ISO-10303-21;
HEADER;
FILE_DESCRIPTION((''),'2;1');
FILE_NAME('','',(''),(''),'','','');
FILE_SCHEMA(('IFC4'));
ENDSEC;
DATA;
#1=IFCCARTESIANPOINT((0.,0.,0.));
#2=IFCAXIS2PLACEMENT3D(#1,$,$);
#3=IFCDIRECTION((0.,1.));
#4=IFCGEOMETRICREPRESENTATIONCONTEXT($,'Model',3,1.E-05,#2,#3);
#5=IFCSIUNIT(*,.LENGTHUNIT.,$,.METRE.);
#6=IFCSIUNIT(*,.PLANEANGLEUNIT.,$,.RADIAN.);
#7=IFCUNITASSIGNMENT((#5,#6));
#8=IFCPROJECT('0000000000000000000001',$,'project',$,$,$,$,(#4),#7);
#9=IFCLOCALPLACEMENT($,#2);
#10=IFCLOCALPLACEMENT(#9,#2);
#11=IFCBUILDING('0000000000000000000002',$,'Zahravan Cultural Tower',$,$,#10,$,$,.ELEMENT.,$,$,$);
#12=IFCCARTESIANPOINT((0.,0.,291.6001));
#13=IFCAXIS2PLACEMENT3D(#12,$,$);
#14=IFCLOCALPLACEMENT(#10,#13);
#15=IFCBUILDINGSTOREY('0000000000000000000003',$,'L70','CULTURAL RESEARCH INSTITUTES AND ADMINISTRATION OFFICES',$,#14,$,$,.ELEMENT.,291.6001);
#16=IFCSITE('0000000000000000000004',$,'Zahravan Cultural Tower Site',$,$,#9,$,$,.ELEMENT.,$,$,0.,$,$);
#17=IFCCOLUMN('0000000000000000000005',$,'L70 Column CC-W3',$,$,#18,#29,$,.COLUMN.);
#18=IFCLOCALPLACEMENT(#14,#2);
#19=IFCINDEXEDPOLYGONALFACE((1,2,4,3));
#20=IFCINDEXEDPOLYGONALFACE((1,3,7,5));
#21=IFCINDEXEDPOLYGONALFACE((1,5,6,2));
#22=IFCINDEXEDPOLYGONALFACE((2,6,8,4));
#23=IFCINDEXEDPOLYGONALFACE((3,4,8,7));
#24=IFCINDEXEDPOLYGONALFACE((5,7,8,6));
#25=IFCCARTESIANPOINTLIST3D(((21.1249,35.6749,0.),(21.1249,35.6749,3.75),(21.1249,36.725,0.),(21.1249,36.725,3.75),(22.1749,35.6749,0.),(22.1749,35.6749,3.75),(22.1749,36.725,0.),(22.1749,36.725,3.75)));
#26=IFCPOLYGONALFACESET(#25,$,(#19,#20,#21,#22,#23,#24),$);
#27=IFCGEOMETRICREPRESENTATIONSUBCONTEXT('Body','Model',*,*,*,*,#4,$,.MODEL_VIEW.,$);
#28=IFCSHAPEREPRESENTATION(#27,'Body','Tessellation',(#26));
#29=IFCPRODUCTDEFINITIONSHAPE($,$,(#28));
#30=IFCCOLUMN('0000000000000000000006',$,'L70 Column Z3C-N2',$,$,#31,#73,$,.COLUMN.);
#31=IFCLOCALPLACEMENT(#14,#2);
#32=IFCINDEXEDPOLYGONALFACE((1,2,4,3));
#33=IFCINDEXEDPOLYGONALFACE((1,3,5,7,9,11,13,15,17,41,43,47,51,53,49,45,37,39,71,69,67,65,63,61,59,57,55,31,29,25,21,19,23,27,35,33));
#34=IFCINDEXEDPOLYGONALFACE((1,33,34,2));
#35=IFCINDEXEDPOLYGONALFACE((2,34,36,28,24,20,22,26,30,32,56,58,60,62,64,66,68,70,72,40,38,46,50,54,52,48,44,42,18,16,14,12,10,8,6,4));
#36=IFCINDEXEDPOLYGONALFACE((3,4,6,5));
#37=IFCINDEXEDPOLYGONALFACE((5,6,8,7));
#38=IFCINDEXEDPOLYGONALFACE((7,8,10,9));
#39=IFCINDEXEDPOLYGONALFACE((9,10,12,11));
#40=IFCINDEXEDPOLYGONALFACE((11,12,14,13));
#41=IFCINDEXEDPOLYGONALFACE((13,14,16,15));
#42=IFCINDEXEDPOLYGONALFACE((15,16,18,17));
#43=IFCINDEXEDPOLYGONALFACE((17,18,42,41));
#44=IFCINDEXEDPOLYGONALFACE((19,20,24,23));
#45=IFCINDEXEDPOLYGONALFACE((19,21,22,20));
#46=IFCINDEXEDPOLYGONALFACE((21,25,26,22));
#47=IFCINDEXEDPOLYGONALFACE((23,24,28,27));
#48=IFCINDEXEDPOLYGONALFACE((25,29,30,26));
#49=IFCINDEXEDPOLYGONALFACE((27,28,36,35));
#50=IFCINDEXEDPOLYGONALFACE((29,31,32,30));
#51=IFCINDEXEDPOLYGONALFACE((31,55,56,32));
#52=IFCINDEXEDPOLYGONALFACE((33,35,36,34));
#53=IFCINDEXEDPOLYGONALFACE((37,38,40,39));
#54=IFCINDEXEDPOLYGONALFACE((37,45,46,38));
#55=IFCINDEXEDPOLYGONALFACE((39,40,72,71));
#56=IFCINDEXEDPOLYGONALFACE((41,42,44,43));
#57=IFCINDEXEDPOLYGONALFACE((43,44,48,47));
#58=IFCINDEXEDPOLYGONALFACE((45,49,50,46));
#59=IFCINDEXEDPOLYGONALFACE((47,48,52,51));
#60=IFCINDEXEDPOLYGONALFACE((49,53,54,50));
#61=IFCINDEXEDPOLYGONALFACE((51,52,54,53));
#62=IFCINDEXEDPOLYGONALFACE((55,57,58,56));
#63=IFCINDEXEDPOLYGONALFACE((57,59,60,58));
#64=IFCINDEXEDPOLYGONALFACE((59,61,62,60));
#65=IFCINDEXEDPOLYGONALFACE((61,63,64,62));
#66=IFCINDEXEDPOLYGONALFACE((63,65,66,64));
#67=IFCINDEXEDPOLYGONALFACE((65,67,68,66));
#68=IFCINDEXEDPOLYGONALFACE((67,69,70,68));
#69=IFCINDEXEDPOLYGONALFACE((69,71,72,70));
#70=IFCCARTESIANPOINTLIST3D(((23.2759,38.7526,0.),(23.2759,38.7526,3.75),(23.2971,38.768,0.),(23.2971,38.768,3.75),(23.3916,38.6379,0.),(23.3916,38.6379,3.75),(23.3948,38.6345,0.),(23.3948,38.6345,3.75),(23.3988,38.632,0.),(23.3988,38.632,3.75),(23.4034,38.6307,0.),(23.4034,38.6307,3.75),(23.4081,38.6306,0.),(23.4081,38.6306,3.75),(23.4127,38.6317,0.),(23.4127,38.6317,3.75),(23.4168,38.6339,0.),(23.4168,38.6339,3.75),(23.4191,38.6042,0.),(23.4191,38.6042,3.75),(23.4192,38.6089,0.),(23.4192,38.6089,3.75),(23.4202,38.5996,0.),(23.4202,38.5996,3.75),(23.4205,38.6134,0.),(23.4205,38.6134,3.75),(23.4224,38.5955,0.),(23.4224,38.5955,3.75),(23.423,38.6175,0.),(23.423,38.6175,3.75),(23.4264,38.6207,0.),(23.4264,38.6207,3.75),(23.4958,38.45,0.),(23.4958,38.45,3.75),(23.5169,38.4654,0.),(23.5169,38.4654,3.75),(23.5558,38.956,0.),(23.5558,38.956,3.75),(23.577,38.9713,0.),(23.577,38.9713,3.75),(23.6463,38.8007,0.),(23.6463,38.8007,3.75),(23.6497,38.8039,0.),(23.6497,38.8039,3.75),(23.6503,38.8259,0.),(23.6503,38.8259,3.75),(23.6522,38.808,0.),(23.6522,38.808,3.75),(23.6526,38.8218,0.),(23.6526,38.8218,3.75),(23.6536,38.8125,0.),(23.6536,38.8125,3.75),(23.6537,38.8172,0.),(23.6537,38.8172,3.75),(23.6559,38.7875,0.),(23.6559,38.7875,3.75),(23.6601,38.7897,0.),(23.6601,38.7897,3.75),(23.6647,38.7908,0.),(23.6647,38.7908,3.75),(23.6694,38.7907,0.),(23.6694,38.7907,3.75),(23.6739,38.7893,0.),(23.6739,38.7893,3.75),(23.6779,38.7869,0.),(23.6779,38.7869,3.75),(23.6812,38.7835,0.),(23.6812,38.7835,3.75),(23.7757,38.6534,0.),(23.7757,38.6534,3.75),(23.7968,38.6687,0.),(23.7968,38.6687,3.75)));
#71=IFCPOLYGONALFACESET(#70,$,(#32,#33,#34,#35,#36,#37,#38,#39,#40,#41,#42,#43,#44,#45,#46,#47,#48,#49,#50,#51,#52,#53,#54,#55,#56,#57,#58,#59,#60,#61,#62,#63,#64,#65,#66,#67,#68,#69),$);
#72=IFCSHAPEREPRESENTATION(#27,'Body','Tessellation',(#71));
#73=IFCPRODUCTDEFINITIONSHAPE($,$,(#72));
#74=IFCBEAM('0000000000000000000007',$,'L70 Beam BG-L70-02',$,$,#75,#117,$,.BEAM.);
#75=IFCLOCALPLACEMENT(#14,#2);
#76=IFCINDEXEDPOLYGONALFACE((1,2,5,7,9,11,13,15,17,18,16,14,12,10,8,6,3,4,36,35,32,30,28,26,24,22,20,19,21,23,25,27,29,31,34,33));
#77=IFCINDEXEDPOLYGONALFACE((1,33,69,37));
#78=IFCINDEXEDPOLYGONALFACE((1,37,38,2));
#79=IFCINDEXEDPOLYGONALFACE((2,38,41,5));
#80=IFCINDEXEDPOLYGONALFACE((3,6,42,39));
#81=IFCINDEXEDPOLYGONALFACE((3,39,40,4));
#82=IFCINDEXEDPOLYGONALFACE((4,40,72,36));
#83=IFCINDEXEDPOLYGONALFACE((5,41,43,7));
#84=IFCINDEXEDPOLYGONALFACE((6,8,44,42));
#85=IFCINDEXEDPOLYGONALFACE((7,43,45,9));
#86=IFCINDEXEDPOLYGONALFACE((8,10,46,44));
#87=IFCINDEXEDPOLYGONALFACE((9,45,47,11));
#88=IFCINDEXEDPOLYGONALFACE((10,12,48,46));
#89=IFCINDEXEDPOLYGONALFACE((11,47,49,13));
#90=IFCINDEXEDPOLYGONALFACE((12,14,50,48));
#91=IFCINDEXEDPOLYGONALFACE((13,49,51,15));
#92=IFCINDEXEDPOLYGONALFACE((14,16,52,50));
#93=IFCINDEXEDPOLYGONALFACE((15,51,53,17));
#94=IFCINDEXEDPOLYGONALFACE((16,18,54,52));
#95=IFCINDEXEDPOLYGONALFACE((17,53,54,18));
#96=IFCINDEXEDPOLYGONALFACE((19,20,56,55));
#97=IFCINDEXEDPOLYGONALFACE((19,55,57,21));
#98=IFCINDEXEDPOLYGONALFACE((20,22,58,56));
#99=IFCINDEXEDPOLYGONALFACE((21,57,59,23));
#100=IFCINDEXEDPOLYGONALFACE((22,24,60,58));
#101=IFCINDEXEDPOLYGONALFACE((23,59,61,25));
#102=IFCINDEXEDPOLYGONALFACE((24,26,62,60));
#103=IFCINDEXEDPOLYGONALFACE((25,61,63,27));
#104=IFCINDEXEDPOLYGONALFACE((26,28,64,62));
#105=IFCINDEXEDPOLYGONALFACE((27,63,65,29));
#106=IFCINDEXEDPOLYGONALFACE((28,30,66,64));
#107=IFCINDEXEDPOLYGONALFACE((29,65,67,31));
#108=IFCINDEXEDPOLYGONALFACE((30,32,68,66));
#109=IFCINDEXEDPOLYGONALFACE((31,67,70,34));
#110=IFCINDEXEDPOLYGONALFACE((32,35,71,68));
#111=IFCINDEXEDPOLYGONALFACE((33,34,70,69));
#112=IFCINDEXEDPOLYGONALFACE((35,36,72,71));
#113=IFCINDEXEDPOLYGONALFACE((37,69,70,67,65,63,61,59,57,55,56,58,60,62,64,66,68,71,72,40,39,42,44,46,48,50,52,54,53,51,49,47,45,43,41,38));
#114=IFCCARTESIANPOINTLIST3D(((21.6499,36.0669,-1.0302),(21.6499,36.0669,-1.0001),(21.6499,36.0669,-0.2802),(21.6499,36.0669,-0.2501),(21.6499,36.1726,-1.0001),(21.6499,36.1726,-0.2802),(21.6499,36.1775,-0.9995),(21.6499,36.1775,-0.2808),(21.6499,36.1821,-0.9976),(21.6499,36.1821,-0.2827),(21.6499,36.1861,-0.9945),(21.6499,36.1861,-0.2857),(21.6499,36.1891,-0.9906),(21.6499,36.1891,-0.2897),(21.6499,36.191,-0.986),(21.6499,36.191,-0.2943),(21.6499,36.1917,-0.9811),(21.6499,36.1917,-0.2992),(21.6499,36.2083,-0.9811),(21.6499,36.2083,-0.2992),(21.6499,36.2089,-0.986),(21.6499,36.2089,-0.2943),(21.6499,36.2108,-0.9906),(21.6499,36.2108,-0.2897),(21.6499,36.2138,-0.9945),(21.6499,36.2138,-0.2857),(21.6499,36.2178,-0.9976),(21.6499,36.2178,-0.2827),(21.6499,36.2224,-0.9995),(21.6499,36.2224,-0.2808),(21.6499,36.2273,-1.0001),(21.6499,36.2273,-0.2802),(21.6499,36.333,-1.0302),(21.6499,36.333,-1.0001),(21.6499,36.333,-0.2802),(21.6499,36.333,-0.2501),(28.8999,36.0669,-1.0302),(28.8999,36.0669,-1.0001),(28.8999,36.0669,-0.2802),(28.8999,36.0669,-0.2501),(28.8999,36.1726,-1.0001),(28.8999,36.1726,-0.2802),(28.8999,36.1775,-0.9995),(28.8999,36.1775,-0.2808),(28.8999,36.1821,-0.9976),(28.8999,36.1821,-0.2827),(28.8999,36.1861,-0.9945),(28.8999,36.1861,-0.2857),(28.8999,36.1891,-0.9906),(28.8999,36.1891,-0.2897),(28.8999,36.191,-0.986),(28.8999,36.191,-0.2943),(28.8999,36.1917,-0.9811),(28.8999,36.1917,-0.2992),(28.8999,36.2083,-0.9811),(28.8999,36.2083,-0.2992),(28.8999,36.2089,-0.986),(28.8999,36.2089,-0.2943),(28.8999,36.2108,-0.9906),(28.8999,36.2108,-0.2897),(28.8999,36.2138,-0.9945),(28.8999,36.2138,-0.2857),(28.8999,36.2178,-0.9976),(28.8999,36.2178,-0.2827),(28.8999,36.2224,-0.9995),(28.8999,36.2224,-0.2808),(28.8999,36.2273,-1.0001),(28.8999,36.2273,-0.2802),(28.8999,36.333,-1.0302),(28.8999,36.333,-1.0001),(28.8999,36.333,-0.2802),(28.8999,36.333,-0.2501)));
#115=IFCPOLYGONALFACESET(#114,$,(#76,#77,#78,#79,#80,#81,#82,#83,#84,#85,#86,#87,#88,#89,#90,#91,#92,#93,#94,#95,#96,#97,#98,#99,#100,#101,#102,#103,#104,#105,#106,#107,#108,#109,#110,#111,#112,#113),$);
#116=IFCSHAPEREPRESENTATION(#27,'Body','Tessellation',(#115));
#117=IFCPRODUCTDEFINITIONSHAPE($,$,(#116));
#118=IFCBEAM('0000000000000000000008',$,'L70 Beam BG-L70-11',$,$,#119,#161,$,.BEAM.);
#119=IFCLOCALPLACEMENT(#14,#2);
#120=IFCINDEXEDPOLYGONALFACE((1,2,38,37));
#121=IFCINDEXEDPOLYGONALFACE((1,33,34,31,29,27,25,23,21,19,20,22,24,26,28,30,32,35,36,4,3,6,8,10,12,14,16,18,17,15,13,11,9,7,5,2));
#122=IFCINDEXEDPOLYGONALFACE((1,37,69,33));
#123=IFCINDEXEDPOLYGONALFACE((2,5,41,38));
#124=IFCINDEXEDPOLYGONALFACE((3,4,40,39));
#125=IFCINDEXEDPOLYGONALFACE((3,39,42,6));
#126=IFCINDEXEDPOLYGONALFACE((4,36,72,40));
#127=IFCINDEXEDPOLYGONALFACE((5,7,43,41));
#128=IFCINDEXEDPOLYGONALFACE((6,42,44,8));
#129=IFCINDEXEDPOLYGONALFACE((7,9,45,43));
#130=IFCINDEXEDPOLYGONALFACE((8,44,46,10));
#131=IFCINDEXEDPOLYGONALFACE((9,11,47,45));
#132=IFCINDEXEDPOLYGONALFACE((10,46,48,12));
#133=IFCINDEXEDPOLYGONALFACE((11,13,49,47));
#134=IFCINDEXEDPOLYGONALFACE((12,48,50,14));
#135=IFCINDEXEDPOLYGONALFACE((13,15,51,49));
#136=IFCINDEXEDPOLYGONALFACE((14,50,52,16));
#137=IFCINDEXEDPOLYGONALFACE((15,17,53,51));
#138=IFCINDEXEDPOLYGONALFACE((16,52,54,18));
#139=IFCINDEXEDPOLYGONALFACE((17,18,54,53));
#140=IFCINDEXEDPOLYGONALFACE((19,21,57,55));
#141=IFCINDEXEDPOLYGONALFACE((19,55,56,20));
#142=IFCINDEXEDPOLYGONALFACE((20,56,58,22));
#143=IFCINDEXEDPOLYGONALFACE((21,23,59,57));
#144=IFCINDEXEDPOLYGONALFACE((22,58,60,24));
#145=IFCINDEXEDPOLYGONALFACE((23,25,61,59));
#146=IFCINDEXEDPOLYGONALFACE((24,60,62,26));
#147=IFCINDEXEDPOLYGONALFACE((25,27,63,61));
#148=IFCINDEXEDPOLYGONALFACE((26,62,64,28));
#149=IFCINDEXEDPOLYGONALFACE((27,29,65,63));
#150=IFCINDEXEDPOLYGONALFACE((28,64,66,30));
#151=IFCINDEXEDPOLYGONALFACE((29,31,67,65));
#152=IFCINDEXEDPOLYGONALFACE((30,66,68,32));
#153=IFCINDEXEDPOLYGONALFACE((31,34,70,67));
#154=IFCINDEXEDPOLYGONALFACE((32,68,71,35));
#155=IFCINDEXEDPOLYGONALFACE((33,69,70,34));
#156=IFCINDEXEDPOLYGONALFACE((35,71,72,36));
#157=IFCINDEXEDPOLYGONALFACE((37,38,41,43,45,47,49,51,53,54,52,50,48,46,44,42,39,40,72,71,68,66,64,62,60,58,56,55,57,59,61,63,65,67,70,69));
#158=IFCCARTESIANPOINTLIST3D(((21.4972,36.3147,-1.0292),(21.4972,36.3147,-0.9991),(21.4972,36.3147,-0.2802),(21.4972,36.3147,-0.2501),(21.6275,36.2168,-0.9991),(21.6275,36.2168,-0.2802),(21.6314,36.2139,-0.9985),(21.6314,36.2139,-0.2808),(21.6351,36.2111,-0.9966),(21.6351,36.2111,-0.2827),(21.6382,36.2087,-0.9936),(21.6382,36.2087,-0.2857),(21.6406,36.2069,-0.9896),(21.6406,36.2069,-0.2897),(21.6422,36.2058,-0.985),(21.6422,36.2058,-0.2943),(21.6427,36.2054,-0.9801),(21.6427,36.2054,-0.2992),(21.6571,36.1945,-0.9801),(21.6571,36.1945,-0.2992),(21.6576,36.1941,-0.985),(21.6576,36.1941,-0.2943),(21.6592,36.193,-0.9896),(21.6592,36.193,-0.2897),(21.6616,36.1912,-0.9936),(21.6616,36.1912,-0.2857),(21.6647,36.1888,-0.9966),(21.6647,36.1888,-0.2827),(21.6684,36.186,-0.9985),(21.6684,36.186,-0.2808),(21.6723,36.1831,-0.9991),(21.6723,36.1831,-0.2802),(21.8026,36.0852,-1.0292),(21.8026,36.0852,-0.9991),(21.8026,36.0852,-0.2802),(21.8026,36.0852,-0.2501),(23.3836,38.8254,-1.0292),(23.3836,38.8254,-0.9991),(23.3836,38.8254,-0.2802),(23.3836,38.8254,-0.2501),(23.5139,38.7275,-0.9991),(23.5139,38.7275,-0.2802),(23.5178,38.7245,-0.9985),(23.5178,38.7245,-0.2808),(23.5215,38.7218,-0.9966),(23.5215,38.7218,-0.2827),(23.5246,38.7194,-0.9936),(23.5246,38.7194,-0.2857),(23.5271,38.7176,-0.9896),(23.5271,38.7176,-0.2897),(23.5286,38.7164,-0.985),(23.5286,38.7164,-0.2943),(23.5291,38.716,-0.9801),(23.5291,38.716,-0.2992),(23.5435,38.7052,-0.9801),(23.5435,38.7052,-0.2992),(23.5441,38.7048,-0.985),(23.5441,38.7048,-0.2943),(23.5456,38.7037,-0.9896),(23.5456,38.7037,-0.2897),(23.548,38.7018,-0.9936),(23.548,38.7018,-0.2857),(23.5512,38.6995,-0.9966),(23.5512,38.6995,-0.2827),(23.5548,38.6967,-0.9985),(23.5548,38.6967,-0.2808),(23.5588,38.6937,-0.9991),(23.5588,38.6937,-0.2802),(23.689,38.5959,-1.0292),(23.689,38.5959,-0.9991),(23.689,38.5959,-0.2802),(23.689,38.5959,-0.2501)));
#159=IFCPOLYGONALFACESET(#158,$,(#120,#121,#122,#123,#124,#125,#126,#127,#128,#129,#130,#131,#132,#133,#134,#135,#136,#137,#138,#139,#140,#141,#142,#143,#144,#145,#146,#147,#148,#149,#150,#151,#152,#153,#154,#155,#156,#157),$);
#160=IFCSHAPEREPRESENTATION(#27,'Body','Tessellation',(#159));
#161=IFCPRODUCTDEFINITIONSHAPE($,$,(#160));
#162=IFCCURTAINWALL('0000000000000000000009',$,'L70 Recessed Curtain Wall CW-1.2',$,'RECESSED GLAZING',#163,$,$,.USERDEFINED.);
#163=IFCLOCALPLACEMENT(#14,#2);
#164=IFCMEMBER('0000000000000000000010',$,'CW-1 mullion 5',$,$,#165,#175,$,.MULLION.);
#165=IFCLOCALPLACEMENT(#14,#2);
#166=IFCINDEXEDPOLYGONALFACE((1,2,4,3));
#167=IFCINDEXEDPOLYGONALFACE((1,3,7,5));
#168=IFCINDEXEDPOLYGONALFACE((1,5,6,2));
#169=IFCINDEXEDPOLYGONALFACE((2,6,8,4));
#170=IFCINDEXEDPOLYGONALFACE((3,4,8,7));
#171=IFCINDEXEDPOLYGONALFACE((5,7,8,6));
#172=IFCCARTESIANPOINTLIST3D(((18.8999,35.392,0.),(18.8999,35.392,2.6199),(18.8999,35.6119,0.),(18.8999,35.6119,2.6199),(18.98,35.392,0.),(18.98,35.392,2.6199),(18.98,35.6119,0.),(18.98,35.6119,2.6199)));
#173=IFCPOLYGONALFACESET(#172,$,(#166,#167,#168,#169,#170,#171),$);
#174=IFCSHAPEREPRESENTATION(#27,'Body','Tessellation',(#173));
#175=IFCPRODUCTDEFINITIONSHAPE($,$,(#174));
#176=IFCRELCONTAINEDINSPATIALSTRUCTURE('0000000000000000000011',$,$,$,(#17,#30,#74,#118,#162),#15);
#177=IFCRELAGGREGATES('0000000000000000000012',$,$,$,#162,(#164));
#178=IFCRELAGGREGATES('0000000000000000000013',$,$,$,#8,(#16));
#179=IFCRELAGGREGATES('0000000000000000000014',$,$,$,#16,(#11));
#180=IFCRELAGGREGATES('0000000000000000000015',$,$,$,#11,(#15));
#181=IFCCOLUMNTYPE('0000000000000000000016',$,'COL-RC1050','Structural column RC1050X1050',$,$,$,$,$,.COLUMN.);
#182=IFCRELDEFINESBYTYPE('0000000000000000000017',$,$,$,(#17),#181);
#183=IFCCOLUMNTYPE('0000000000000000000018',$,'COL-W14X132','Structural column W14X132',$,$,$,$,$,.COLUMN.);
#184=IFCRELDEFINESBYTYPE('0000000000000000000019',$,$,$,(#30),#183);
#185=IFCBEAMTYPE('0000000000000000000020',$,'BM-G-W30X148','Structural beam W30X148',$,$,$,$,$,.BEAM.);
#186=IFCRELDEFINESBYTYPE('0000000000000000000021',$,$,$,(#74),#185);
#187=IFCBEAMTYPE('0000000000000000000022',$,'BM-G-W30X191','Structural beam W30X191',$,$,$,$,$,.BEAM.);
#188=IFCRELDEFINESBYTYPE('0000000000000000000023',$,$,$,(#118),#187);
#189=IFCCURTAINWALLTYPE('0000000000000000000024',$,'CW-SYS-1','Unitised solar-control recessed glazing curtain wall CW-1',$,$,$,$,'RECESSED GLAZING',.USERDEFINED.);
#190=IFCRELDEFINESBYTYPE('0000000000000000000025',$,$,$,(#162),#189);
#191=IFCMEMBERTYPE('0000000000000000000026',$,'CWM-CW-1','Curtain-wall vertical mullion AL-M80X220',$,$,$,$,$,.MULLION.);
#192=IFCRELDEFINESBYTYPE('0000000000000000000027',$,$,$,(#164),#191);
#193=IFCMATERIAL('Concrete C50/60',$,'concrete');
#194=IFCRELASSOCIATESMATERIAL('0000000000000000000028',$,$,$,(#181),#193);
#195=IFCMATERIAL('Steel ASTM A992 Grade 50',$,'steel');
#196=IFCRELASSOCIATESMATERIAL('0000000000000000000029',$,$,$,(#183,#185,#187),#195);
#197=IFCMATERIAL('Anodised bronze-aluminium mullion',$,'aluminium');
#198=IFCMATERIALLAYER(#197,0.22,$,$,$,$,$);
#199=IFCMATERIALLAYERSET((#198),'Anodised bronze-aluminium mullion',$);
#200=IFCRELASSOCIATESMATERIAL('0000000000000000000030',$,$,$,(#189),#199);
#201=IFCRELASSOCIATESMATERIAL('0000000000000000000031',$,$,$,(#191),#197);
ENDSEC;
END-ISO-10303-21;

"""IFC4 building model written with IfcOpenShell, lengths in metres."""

from ifc_helpers import new_model, si_unit, direction, frame, origin, origin_2d, place, context, subcontext, project, spatial, rectangle, i_section, extrude, source, transform, mapped, material, layer, layer_set, material_profile, profile_set, type_object, element, aggregate, save


model = new_model("IFC4")

# Units and contexts
model_context = context("Model", 3, precision=1e-05, world=origin(), true_north=direction((0.0, 1.0)))
body_context = subcontext(model_context, "Body", "Model", "MODEL_VIEW")
ifc_project = project(units=[si_unit("LENGTHUNIT", "METRE"), si_unit("PLANEANGLEUNIT", "RADIAN")], contexts=[model_context])

# Site, building, storey
site_placement = place(None, origin())
site = spatial("IfcSite", under=ifc_project, at=site_placement, Name="Zahravan Cultural Tower Site", CompositionType="ELEMENT", RefElevation=0.0)
building_placement = place(site_placement, origin())
building = spatial("IfcBuilding", under=site, at=building_placement, Name="Zahravan Cultural Tower", CompositionType="ELEMENT")
storey_placement = place(building_placement, frame((0.0, 0.0, 291.6001)))
storey = spatial("IfcBuildingStorey", under=building, at=storey_placement, Name="L70", Description="CULTURAL RESEARCH INSTITUTES AND ADMINISTRATION OFFICES", CompositionType="ELEMENT", Elevation=291.6001)

# Columns
ifc_material_1 = material(Name="Concrete C50/60", Category="concrete")
ifc_material_profile_1 = material_profile(ifc_material_1, rectangle(XDim=1.05, YDim=1.05, at=origin_2d()), Name="RC1050X1050")
ifc_profile_set_1 = profile_set([ifc_material_profile_1], Name="Concrete C50/60")
column_type_1 = type_object("IfcColumnType", Name="COL-RC1050", Description="Structural column RC1050X1050", PredefinedType="COLUMN", material=ifc_profile_set_1)
shared_shape_1 = source(origin(), body_context, "Body", "SweptSolid", [
    extrude(rectangle(XDim=1.05, YDim=1.05, at=origin_2d()), origin(), (0.0, 0.0, 1.0), 3.75),
])
column_1_placement = place(storey_placement, frame((21.6499, 36.2, 0.0), z_axis=(0.0, 0.0, 1.0), x_axis=(1.0, 0.0, 0.0)))
element("IfcColumn", 1, at=column_1_placement, inside=storey, type_object=column_type_1, Name="L70 Column CC-W3", PredefinedType="COLUMN", context=body_context, shape_type="MappedRepresentation", body=[
    mapped(shared_shape_1, transform((0.0, 0.0, 0.0), x_axis=(1.0, 0.0, 0.0), y_axis=(0.0, 1.0, 0.0), z_axis=(0.0, 0.0, 1.0), scale=1.0)),
])
ifc_material_2 = material(Name="Steel ASTM A992 Grade 50", Category="steel")
ifc_material_profile_2 = material_profile(ifc_material_2, i_section(OverallWidth=0.374, OverallDepth=0.3721, WebThickness=0.0164, FlangeThickness=0.0261, FilletRadius=0.0181, at=origin_2d()), Name="W14X132")
ifc_profile_set_2 = profile_set([ifc_material_profile_2], Name="Steel ASTM A992 Grade 50")
column_type_2 = type_object("IfcColumnType", Name="COL-W14X132", Description="Structural column W14X132", PredefinedType="COLUMN", material=ifc_profile_set_2)
shared_shape_2 = source(origin(), body_context, "Body", "SweptSolid", [
    extrude(i_section(OverallWidth=0.374, OverallDepth=0.3721, WebThickness=0.0164, FlangeThickness=0.0261, FilletRadius=0.0181, at=origin_2d()), origin(), (0.0, 0.0, 1.0), 3.75),
])
column_2_placement = place(storey_placement, frame((23.5364, 38.7107, 0.0), z_axis=(0.0, 0.0, 1.0), x_axis=(-0.587785, 0.809017, 0.0)))
element("IfcColumn", 2, at=column_2_placement, inside=storey, type_object=column_type_2, Name="L70 Column Z3C-N2", PredefinedType="COLUMN", context=body_context, shape_type="MappedRepresentation", body=[
    mapped(shared_shape_2, transform((0.0, 0.0, 0.0), x_axis=(1.0, 0.0, 0.0), y_axis=(0.0, 1.0, 0.0), z_axis=(0.0, 0.0, 1.0), scale=1.0)),
])

# Beams
ifc_material_profile_3 = material_profile(ifc_material_2, i_section(OverallWidth=0.2661, OverallDepth=0.78, WebThickness=0.0166, FlangeThickness=0.03, FilletRadius=0.019, at=origin_2d()), Name="W30X148")
ifc_profile_set_3 = profile_set([ifc_material_profile_3], Name="Steel ASTM A992 Grade 50")
beam_type_1 = type_object("IfcBeamType", Name="BM-G-W30X148", Description="Structural beam W30X148", PredefinedType="BEAM", material=ifc_profile_set_3)
shared_shape_3 = source(origin(), body_context, "Body", "SweptSolid", [
    extrude(i_section(OverallWidth=0.2661, OverallDepth=0.78, WebThickness=0.0166, FlangeThickness=0.03, FilletRadius=0.019, at=origin_2d()), origin(), (0.0, 0.0, 1.0), 7.25),
])
beam_1_placement = place(storey_placement, frame((21.6499, 36.2, -0.6401), z_axis=(1.0, 0.0, 0.0), x_axis=(0.0, 1.0, 0.0)))
element("IfcBeam", 3, at=beam_1_placement, inside=storey, type_object=beam_type_1, Name="L70 Beam BG-L70-02", PredefinedType="BEAM", context=body_context, shape_type="MappedRepresentation", body=[
    mapped(shared_shape_3, transform((0.0, 0.0, 0.0), x_axis=(1.0, 0.0, 0.0), y_axis=(0.0, 1.0, 0.0), z_axis=(0.0, 0.0, 1.0), scale=1.0)),
])
ifc_material_profile_4 = material_profile(ifc_material_2, i_section(OverallWidth=0.3821, OverallDepth=0.7791, WebThickness=0.0181, FlangeThickness=0.03, FilletRadius=0.019, at=origin_2d()), Name="W30X191")
ifc_profile_set_4 = profile_set([ifc_material_profile_4], Name="Steel ASTM A992 Grade 50")
beam_type_2 = type_object("IfcBeamType", Name="BM-G-W30X191", Description="Structural beam W30X191", PredefinedType="BEAM", material=ifc_profile_set_4)
shared_shape_4 = source(origin(), body_context, "Body", "SweptSolid", [
    extrude(i_section(OverallWidth=0.3821, OverallDepth=0.7791, WebThickness=0.0181, FlangeThickness=0.03, FilletRadius=0.019, at=origin_2d()), origin(), (0.0, 0.0, 1.0), 3.1404),
])
beam_2_placement = place(storey_placement, frame((21.6499, 36.2, -0.6396), z_axis=(0.600696, 0.799477, 0.0), x_axis=(-0.799477, 0.600696, 0.0)))
element("IfcBeam", 4, at=beam_2_placement, inside=storey, type_object=beam_type_2, Name="L70 Beam BG-L70-11", PredefinedType="BEAM", context=body_context, shape_type="MappedRepresentation", body=[
    mapped(shared_shape_4, transform((0.0, 0.0, 0.0), x_axis=(1.0, 0.0, 0.0), y_axis=(0.0, 1.0, 0.0), z_axis=(0.0, 0.0, 1.0), scale=1.0)),
])

# Curtain wall, member
ifc_material_3 = material(Name="Anodised bronze-aluminium mullion", Category="aluminium")
ifc_layer_1 = layer(ifc_material_3, 0.22)
ifc_layer_set_1 = layer_set([ifc_layer_1], Name="Anodised bronze-aluminium mullion")
curtain_wall_type = type_object("IfcCurtainWallType", Name="CW-SYS-1", Description="Unitised solar-control recessed glazing curtain wall CW-1", ElementType="RECESSED GLAZING", PredefinedType="USERDEFINED", material=ifc_layer_set_1)
curtain_wall_placement = place(storey_placement, origin())
curtain_wall = element("IfcCurtainWall", 5, at=curtain_wall_placement, inside=storey, type_object=curtain_wall_type, Name="L70 Recessed Curtain Wall CW-1.2", ObjectType="RECESSED GLAZING", PredefinedType="USERDEFINED")
ifc_material_profile_5 = material_profile(ifc_material_3, rectangle(XDim=0.0801, YDim=0.22, at=origin_2d()), Name="AL-M80X220")
ifc_profile_set_5 = profile_set([ifc_material_profile_5], Name="Anodised bronze-aluminium mullion")
member_type = type_object("IfcMemberType", Name="CWM-CW-1", Description="Curtain-wall vertical mullion AL-M80X220", PredefinedType="MULLION", material=ifc_profile_set_5)
shared_shape_5 = source(origin(), body_context, "Body", "SweptSolid", [
    extrude(rectangle(XDim=0.0801, YDim=0.22, at=origin_2d()), origin(), (0.0, 0.0, 1.0), 2.6199),
])
member_placement = place(storey_placement, frame((18.9399, 35.502, 0.0), z_axis=(0.0, 0.0, 1.0), x_axis=(-1.0, 0.0, 0.0)))
member = element("IfcMember", 6, at=member_placement, type_object=member_type, Name="CW-1 mullion 5", PredefinedType="MULLION", context=body_context, shape_type="MappedRepresentation", body=[
    mapped(shared_shape_5, transform((0.0, 0.0, 0.0), x_axis=(1.0, 0.0, 0.0), y_axis=(0.0, 1.0, 0.0), z_axis=(0.0, 0.0, 1.0), scale=1.0)),
])
aggregate(curtain_wall, [member])

save(model, "model.ifc")
